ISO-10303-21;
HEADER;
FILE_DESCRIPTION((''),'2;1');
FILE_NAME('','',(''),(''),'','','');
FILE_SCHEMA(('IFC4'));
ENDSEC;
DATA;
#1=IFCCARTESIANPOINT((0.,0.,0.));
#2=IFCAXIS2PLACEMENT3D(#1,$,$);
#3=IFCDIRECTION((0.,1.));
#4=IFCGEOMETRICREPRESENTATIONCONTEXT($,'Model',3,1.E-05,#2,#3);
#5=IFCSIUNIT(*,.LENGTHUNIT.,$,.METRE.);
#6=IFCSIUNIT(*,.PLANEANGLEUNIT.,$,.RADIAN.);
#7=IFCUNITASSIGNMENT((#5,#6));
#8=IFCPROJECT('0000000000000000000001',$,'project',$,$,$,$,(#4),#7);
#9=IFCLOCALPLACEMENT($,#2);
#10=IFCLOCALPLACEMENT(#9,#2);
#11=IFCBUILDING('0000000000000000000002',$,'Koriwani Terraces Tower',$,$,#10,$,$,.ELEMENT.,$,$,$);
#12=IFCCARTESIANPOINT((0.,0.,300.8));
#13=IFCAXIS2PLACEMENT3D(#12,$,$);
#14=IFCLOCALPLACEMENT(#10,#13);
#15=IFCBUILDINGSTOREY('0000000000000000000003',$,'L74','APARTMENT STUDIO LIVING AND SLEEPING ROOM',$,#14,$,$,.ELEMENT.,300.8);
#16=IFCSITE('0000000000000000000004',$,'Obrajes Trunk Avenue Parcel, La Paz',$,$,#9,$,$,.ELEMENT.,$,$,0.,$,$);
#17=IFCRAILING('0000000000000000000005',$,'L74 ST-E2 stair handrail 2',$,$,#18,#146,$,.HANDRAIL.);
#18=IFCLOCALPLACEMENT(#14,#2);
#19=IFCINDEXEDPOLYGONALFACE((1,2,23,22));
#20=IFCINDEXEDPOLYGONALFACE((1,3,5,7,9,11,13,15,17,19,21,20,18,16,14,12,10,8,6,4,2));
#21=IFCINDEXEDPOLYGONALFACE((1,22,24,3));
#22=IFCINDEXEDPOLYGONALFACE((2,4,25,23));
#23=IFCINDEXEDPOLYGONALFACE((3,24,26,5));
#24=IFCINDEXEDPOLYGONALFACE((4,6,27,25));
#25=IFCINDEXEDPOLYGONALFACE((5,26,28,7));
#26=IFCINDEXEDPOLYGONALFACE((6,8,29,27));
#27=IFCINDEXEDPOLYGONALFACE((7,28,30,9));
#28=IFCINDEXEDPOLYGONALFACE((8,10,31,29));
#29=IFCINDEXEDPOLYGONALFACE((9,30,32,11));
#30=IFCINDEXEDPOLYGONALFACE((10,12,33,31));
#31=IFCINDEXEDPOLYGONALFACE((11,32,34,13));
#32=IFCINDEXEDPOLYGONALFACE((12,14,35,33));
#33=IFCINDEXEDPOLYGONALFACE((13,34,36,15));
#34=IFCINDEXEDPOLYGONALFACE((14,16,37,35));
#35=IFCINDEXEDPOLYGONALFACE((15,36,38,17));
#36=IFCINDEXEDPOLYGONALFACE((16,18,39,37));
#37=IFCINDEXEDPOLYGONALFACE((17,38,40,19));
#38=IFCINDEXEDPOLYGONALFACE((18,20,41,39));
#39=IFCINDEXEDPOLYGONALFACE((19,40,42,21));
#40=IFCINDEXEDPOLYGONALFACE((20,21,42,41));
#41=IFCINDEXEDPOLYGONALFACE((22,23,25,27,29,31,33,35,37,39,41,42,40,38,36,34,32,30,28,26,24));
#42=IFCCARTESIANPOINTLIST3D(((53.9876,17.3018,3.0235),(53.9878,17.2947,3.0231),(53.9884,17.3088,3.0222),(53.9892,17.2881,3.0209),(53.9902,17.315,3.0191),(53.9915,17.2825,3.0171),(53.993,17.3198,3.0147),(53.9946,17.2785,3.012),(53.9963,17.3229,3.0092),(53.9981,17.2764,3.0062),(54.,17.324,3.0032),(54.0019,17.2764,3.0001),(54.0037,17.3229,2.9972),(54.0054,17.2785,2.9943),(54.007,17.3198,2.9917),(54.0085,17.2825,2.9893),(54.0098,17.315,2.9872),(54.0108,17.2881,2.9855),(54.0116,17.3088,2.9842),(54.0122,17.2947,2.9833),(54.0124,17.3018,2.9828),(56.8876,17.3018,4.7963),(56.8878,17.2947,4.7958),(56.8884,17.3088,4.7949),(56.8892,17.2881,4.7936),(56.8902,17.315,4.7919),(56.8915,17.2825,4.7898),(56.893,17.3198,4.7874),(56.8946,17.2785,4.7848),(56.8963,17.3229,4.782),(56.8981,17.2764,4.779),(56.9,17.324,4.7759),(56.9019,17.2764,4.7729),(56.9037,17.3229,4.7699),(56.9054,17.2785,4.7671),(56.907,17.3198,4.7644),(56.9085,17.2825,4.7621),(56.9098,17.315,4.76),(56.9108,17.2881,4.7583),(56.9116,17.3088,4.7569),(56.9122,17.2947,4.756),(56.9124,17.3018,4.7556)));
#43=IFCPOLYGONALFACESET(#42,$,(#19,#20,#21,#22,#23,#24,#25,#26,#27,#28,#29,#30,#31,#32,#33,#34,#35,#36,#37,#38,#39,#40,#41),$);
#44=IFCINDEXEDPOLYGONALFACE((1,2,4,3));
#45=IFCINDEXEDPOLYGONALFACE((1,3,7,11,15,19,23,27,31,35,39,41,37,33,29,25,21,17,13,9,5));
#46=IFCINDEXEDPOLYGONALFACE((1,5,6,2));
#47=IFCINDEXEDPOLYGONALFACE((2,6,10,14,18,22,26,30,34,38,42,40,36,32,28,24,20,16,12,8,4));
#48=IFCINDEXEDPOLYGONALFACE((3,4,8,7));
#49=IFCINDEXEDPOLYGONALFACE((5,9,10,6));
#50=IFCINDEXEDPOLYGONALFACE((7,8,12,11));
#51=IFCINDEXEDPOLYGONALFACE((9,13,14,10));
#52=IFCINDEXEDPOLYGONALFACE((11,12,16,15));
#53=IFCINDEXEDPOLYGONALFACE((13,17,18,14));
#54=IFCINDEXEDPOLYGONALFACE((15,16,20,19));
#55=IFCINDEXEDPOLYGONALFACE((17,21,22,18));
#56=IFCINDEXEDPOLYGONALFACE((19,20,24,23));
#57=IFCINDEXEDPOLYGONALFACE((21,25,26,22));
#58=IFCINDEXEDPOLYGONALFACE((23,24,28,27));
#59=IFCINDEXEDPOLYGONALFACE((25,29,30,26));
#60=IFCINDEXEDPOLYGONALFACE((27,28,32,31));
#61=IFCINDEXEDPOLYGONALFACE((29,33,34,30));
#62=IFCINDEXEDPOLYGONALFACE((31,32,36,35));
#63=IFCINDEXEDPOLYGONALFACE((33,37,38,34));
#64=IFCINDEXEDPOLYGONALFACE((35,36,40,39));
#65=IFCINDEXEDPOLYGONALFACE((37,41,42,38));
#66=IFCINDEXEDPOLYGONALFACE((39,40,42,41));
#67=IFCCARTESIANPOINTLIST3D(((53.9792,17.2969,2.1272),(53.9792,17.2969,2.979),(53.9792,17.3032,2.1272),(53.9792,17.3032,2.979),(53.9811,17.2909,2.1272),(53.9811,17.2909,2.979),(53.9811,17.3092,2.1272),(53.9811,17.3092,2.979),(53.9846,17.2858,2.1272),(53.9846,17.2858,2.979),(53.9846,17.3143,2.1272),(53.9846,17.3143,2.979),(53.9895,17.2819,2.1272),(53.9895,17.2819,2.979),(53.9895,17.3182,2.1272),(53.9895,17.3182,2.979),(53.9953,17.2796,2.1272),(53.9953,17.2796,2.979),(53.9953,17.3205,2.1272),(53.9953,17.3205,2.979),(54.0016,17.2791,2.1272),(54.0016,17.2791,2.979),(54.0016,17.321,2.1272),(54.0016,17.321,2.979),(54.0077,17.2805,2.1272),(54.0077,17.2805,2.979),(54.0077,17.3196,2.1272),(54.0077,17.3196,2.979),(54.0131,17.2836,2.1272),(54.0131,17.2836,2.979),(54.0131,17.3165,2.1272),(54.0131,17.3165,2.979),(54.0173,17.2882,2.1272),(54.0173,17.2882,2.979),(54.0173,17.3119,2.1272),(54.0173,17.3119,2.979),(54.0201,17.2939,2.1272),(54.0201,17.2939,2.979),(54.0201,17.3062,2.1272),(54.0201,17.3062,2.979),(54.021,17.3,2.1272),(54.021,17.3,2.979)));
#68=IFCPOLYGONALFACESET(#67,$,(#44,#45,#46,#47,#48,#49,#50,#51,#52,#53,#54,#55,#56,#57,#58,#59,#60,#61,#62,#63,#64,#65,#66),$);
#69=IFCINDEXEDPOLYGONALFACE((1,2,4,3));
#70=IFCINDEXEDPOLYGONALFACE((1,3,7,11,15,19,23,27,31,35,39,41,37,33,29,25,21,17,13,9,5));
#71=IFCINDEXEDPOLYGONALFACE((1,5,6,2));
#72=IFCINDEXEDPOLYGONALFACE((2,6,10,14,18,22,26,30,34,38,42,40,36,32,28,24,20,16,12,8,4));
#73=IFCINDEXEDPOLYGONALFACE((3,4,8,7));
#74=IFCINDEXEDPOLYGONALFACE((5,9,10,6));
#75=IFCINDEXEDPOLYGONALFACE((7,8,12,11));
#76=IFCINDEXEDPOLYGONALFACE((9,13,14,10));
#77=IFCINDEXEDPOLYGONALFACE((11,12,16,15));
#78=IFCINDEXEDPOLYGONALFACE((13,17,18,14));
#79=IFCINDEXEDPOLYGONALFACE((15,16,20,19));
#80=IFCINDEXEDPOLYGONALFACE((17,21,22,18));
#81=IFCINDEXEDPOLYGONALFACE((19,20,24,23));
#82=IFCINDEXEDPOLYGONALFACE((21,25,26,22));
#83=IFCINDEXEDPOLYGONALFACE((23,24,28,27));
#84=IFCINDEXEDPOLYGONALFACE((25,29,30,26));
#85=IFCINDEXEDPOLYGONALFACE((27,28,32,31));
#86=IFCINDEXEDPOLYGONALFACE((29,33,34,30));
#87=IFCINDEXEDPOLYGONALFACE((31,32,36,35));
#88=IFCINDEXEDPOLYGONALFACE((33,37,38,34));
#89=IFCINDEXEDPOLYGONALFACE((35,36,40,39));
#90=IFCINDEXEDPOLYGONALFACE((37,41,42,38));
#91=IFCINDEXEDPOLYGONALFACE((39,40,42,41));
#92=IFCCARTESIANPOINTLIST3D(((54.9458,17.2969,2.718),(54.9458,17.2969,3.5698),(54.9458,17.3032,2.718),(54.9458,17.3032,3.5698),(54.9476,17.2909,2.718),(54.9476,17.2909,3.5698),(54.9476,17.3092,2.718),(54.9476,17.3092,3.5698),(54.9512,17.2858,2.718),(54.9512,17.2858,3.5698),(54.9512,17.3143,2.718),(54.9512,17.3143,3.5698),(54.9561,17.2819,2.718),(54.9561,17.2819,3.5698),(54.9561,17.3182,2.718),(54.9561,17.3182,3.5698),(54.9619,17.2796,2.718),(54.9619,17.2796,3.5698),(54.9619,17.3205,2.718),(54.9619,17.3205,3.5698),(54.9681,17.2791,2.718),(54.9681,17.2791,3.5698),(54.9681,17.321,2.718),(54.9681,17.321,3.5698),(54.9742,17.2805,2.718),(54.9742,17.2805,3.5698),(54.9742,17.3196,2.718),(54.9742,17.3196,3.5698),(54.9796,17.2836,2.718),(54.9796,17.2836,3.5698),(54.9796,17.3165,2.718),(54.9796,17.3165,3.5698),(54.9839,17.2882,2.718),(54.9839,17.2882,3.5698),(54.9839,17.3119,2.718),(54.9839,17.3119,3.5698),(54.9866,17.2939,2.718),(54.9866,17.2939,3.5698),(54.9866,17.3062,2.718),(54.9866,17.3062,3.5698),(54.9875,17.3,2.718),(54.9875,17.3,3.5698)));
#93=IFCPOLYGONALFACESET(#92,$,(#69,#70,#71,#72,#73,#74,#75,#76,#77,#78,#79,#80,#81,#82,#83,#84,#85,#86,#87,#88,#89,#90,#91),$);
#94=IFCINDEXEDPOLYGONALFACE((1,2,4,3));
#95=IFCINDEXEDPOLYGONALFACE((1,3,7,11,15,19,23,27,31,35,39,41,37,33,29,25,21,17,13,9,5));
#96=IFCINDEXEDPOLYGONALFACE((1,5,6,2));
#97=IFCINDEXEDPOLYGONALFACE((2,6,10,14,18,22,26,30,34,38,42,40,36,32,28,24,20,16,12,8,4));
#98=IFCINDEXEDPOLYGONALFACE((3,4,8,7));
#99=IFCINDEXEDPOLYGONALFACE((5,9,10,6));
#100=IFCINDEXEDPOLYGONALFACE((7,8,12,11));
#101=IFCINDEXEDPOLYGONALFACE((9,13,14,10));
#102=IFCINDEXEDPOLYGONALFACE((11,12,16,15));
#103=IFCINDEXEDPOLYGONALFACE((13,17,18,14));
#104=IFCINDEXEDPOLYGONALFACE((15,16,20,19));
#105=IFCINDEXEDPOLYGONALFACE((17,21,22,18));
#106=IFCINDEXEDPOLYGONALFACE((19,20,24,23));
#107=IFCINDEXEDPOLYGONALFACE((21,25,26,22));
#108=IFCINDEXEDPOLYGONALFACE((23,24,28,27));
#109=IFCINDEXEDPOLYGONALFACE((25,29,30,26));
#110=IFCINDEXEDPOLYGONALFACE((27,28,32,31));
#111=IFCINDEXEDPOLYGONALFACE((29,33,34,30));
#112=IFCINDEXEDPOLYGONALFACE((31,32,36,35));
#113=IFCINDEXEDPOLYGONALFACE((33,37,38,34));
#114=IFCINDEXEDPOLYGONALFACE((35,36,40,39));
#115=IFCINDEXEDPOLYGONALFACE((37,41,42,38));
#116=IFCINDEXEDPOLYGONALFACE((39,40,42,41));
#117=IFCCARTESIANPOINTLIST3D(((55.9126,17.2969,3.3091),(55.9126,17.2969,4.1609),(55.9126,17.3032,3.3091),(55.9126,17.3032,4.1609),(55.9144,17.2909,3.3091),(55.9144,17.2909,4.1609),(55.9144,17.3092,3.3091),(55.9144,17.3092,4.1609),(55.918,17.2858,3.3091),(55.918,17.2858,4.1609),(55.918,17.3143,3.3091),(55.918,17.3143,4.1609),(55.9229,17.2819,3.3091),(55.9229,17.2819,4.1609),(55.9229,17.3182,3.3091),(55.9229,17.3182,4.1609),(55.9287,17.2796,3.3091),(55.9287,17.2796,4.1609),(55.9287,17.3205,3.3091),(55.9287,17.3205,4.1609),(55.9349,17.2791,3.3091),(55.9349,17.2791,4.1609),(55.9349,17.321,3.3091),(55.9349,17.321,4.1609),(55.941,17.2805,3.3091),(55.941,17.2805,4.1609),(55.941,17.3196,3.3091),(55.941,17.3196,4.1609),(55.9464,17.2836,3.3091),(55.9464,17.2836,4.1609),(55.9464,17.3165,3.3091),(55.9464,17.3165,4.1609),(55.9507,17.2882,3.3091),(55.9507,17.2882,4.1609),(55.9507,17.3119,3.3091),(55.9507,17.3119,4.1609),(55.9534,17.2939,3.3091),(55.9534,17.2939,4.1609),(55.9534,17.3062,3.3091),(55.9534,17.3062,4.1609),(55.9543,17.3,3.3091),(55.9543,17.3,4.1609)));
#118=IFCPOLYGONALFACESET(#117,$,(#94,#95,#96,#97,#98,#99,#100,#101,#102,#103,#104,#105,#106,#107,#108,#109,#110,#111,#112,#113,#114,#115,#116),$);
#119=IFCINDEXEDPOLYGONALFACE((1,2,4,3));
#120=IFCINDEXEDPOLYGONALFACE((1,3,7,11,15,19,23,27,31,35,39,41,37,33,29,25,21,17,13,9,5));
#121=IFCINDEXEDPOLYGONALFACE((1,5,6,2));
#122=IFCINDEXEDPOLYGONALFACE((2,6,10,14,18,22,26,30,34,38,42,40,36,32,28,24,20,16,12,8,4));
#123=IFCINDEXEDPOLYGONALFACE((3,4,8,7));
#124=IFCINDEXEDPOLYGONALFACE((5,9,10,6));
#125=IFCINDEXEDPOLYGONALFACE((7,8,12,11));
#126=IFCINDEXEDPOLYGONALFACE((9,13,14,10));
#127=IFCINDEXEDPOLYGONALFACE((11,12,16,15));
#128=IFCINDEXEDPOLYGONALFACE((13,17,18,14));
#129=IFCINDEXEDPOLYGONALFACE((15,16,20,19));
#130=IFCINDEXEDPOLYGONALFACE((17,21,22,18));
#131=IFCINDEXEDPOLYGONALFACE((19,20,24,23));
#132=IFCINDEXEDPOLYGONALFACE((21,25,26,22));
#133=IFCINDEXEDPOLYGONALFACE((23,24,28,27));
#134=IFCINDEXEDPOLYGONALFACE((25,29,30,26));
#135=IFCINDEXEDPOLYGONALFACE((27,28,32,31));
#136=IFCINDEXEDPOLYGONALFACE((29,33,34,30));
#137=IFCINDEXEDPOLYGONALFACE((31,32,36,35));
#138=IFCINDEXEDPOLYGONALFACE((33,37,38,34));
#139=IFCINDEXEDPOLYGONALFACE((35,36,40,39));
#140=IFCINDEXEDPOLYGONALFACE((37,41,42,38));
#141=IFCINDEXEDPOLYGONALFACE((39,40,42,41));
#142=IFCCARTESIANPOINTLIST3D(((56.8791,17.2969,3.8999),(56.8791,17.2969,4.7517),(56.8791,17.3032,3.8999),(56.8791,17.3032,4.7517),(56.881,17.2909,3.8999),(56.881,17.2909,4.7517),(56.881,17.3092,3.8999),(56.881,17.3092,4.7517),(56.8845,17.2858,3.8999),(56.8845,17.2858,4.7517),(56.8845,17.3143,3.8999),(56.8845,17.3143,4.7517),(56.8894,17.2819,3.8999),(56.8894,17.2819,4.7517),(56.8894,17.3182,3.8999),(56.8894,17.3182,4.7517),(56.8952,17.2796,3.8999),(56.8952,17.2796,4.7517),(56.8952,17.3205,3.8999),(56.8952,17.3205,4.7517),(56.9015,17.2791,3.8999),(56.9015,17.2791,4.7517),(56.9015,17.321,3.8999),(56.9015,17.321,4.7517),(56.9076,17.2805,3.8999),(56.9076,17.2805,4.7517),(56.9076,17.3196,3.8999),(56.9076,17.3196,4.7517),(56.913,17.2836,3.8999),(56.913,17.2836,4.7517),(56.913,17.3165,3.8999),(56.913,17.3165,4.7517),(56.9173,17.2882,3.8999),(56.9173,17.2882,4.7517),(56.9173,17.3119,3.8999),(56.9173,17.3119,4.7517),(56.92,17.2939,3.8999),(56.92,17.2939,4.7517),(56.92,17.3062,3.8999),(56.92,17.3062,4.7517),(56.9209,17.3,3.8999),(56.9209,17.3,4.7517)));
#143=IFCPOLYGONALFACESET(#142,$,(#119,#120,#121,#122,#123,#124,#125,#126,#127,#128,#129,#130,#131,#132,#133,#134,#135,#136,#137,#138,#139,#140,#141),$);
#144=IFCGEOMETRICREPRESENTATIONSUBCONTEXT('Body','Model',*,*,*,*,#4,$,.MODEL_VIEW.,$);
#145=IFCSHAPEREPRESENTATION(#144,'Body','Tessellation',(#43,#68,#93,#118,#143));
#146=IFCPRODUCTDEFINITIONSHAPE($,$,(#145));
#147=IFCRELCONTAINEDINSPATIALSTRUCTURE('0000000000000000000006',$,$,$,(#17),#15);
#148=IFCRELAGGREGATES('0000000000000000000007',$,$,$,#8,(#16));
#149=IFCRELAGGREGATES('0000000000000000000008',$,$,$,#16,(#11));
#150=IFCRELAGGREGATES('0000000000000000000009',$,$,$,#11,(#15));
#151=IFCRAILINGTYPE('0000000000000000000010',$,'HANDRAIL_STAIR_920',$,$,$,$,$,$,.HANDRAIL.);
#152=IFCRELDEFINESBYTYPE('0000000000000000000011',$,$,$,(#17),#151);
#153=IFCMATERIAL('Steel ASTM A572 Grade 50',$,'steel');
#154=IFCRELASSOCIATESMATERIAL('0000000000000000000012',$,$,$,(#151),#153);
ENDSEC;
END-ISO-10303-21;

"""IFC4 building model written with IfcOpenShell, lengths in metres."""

from ifc_helpers import new_model, si_unit, direction, frame, origin, origin_2d, place, context, subcontext, project, spatial, circle, extrude, material, type_object, element, save


model = new_model("IFC4")

# Units and contexts
model_context = context("Model", 3, precision=1e-05, world=origin(), true_north=direction((0.0, 1.0)))
body_context = subcontext(model_context, "Body", "Model", "MODEL_VIEW")
ifc_project = project(units=[si_unit("LENGTHUNIT", "METRE"), si_unit("PLANEANGLEUNIT", "RADIAN")], contexts=[model_context])

# Site, building, storey
site_placement = place(None, origin())
site = spatial("IfcSite", under=ifc_project, at=site_placement, Name="Obrajes Trunk Avenue Parcel, La Paz", CompositionType="ELEMENT", RefElevation=0.0)
building_placement = place(site_placement, origin())
building = spatial("IfcBuilding", under=site, at=building_placement, Name="Koriwani Terraces Tower", CompositionType="ELEMENT")
storey_placement = place(building_placement, frame((0.0, 0.0, 300.8)))
storey = spatial("IfcBuildingStorey", under=building, at=storey_placement, Name="L74", Description="APARTMENT STUDIO LIVING AND SLEEPING ROOM", CompositionType="ELEMENT", Elevation=300.8)

# Shared definitions
ifc_material_1 = material(Name="Steel ASTM A572 Grade 50", Category="steel")

# Railing
railing_type_1 = type_object("IfcRailingType", Name="HANDRAIL_STAIR_920", PredefinedType="HANDRAIL", material=ifc_material_1)
railing_1_placement = place(storey_placement, frame((54.0, 17.3, 2.1272)))
element("IfcRailing", 1, at=railing_1_placement, inside=storey, type_object=railing_type_1, Name="L74 ST-E2 stair handrail 2", PredefinedType="HANDRAIL", context=body_context, shape_type="SweptSolid", body=[
    extrude(circle(Radius=0.0239, at=origin_2d()), frame((0.0, 0.0, 0.876), z_axis=(0.853211, 0.0, 0.521566), x_axis=(0.0, 1.0, 0.0)), (0.0, 0.0, 1.0), 3.3989),
    extrude(circle(Radius=0.021, at=origin_2d()), origin(), (0.0, 0.0, 1.0), 0.8518),
    extrude(circle(Radius=0.021, at=origin_2d()), frame((0.9666, 0.0, 0.5908)), (0.0, 0.0, 1.0), 0.8518),
    extrude(circle(Radius=0.021, at=origin_2d()), frame((1.9333, 0.0, 1.1819)), (0.0, 0.0, 1.0), 0.8518),
    extrude(circle(Radius=0.021, at=origin_2d()), frame((2.8999, 0.0, 1.7727)), (0.0, 0.0, 1.0), 0.8518),
])

save(model, "model.ifc")
